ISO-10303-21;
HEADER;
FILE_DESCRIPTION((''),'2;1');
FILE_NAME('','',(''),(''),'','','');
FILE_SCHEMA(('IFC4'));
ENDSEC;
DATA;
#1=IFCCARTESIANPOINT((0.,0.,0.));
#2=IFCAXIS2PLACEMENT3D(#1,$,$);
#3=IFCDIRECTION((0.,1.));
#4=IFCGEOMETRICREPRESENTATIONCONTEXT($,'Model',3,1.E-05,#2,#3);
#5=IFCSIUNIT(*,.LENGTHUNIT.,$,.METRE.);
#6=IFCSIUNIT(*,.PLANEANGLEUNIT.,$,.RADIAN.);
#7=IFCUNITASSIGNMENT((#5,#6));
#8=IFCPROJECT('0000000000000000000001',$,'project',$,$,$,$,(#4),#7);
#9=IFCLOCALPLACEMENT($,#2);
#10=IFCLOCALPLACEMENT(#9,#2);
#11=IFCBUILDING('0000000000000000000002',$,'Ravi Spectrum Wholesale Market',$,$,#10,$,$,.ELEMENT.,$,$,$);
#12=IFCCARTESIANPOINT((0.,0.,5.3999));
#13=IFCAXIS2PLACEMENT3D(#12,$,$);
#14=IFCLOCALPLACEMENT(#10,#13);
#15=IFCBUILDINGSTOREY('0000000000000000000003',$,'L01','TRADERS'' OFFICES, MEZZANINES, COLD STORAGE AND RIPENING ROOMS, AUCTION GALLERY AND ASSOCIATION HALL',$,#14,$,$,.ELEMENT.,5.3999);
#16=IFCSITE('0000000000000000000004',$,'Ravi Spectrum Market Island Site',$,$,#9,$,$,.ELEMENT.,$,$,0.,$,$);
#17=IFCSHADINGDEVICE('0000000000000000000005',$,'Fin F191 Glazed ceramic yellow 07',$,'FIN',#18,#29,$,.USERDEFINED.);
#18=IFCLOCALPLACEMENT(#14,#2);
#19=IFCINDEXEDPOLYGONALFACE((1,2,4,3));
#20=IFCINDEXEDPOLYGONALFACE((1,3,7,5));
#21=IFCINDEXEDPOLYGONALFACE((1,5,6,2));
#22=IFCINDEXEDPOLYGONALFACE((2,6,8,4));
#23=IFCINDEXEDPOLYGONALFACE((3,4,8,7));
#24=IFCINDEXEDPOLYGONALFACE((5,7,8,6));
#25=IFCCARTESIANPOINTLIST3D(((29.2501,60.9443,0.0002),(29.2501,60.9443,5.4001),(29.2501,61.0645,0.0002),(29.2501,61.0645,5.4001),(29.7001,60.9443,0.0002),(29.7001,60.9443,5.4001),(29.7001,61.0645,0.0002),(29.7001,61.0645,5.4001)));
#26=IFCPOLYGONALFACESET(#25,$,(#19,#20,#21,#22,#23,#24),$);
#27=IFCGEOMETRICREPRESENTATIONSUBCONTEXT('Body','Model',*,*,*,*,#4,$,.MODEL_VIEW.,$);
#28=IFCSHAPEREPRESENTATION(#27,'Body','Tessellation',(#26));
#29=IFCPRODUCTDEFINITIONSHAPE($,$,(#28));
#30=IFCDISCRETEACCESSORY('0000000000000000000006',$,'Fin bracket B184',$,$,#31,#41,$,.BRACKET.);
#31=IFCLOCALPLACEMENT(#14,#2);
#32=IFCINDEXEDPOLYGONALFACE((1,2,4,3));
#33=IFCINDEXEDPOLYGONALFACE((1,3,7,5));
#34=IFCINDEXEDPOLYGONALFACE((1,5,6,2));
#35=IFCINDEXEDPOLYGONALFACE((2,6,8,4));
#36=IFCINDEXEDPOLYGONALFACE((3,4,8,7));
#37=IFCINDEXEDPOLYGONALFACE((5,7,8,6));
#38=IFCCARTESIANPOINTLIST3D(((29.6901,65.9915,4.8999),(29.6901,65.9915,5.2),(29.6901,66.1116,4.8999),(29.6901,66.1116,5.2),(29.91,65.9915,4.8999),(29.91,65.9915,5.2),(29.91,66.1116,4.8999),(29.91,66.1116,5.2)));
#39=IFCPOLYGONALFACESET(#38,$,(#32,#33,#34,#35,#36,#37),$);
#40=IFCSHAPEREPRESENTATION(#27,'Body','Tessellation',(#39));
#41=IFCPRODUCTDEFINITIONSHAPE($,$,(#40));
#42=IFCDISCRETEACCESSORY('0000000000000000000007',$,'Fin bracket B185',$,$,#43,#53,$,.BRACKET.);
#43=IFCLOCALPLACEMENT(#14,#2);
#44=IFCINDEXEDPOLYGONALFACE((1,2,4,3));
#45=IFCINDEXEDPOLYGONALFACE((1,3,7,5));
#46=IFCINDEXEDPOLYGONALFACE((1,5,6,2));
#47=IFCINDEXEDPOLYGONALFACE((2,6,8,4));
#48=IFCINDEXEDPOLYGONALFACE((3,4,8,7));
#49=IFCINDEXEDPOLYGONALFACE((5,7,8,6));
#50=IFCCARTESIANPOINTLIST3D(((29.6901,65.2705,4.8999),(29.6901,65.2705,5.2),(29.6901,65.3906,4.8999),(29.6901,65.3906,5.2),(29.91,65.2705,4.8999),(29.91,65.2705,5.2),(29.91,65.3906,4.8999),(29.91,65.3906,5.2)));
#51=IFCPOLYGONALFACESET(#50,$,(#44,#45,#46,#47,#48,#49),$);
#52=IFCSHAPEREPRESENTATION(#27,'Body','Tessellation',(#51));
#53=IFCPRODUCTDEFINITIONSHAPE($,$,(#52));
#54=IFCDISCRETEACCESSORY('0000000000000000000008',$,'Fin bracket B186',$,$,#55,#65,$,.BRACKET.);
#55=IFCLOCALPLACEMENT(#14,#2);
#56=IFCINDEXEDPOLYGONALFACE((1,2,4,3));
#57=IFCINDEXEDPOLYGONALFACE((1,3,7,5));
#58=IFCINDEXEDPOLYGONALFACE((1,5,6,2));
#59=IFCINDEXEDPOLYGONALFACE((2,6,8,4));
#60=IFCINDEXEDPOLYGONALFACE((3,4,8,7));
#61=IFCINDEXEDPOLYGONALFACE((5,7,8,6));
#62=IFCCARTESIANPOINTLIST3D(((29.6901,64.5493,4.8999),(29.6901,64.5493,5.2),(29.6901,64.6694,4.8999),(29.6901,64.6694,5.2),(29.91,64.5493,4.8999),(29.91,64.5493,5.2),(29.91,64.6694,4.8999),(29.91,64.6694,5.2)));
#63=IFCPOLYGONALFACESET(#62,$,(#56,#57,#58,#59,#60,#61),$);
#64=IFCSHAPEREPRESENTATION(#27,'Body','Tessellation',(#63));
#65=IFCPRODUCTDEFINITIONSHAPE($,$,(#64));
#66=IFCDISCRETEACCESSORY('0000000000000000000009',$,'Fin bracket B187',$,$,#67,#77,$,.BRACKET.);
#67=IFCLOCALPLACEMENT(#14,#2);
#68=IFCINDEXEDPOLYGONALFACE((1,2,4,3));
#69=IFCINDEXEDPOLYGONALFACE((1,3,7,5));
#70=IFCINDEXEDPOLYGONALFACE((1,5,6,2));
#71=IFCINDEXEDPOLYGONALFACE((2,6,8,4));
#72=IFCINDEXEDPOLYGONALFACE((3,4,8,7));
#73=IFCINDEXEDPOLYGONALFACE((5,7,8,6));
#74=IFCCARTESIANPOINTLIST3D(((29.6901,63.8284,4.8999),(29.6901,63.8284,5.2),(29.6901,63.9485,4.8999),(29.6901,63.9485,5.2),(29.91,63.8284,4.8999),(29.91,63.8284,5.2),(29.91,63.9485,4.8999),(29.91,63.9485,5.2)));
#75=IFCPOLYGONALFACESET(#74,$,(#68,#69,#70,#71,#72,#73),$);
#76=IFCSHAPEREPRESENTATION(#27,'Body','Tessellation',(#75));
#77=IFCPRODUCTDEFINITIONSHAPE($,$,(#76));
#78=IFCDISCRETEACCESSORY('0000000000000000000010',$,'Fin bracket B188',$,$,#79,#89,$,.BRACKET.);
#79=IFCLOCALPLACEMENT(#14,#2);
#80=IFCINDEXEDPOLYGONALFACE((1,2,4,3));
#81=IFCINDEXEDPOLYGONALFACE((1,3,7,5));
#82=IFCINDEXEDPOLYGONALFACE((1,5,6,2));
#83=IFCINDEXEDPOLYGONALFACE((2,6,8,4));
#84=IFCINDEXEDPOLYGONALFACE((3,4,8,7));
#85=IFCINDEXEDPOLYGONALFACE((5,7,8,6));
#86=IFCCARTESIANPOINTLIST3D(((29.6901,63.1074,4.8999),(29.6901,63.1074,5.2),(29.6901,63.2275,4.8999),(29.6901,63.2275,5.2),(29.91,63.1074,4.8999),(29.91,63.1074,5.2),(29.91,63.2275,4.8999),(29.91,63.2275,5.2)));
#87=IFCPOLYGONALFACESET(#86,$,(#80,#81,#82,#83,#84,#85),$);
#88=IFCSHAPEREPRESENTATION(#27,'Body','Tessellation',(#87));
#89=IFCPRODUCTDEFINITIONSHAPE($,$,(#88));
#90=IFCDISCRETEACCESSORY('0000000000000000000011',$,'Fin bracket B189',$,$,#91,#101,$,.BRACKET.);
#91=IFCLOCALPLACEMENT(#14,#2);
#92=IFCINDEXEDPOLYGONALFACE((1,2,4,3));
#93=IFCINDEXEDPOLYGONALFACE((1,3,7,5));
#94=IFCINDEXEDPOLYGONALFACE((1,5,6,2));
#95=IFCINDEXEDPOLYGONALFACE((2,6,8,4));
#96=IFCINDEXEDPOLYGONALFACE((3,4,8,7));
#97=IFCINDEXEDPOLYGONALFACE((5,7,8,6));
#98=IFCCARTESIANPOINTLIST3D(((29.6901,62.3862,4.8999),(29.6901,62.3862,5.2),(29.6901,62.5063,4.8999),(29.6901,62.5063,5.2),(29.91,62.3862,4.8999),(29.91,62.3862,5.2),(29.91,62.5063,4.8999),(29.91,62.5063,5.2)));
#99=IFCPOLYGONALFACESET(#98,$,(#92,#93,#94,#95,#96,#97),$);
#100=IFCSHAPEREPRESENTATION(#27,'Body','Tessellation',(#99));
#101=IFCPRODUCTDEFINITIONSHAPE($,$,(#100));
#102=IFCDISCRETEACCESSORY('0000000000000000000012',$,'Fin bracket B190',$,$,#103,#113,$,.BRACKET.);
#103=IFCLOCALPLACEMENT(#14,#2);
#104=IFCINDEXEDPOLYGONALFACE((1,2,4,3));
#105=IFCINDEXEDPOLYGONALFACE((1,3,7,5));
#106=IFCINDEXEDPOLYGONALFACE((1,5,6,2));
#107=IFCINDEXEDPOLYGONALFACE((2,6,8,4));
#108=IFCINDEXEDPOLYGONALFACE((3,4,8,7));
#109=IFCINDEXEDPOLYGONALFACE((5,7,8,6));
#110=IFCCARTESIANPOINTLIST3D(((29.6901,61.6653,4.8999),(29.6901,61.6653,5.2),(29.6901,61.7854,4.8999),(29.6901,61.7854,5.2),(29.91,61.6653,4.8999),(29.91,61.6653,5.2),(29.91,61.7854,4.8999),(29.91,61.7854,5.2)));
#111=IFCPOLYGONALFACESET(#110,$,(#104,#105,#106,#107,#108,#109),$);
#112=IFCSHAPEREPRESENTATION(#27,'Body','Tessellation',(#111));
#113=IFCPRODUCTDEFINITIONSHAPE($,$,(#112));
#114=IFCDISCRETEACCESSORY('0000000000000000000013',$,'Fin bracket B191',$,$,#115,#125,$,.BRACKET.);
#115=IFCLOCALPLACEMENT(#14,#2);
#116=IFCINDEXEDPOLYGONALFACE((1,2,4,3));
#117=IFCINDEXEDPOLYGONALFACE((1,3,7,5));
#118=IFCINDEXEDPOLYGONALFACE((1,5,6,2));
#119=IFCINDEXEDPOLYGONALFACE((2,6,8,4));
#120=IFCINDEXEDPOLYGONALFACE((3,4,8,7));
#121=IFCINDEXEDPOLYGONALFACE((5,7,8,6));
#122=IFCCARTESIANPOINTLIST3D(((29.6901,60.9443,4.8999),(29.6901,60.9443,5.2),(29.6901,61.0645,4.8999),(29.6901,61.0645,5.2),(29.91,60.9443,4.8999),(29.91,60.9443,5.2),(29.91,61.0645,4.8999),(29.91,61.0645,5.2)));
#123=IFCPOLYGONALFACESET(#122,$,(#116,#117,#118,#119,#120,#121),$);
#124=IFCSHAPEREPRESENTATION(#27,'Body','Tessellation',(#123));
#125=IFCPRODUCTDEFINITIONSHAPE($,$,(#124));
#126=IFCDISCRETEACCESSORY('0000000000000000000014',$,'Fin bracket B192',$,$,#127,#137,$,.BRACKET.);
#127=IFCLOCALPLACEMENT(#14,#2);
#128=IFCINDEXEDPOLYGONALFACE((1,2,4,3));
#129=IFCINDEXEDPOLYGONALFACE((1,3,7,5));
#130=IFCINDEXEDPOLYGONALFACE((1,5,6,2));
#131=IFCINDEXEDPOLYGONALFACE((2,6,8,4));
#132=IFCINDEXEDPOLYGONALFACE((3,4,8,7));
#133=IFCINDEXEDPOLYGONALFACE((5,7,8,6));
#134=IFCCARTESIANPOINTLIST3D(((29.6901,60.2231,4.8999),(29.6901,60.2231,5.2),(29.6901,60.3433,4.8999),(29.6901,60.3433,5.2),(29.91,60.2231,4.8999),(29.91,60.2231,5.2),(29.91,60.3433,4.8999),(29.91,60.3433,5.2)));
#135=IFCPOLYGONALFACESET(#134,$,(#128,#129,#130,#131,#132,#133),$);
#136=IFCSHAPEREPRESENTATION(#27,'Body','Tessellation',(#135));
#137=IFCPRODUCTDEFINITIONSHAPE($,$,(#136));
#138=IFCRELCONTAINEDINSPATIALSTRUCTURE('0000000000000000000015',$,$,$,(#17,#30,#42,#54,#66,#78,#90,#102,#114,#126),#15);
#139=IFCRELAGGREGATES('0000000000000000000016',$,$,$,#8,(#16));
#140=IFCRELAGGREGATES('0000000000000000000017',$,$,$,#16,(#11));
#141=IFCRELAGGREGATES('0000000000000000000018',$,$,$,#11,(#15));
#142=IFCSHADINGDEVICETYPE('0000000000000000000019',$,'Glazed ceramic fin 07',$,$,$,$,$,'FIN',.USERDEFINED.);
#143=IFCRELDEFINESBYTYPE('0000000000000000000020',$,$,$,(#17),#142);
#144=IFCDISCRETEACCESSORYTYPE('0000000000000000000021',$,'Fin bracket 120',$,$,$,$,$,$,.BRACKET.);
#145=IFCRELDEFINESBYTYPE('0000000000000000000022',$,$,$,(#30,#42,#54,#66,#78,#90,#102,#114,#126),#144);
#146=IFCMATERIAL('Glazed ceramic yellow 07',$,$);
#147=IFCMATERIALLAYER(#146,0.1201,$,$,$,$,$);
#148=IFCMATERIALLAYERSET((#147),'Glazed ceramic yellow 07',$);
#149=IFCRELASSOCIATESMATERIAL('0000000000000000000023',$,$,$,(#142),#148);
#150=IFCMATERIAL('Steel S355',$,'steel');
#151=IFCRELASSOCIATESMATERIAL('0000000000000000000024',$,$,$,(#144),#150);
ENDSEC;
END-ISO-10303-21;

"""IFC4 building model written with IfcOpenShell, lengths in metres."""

from ifc_helpers import new_model, si_unit, direction, frame, origin, origin_2d, place, context, subcontext, project, spatial, rectangle, extrude, material, layer, layer_set, type_object, element, save


model = new_model("IFC4")

# Units and contexts
model_context = context("Model", 3, precision=1e-05, world=origin(), true_north=direction((0.0, 1.0)))
body_context = subcontext(model_context, "Body", "Model", "MODEL_VIEW")
ifc_project = project(units=[si_unit("LENGTHUNIT", "METRE"), si_unit("PLANEANGLEUNIT", "RADIAN")], contexts=[model_context])

# Site, building, storey
site_placement = place(None, origin())
site = spatial("IfcSite", under=ifc_project, at=site_placement, Name="Ravi Spectrum Market Island Site", CompositionType="ELEMENT", RefElevation=0.0)
building_placement = place(site_placement, origin())
building = spatial("IfcBuilding", under=site, at=building_placement, Name="Ravi Spectrum Wholesale Market", CompositionType="ELEMENT")
storey_placement = place(building_placement, frame((0.0, 0.0, 5.3999)))
storey = spatial("IfcBuildingStorey", under=building, at=storey_placement, Name="L01", Description="TRADERS' OFFICES, MEZZANINES, COLD STORAGE AND RIPENING ROOMS, AUCTION GALLERY AND ASSOCIATION HALL", CompositionType="ELEMENT", Elevation=5.3999)

# Shading device
ifc_material_1 = material(Name="Glazed ceramic yellow 07")
ifc_layer_1 = layer(ifc_material_1, 0.1201)
ifc_layer_set_1 = layer_set([ifc_layer_1], Name="Glazed ceramic yellow 07")
shading_device_type = type_object("IfcShadingDeviceType", Name="Glazed ceramic fin 07", ElementType="FIN", PredefinedType="USERDEFINED", material=ifc_layer_set_1)
for number, where, z_axis, x_axis, name in (
    (1, (29.4751, 61.0044, 0.0002), (0.0, 0.0, 1.0), (0.0, -1.0, 0.0), "Fin F191 Glazed ceramic yellow 07"),
):
    element("IfcShadingDevice", number, at=place(storey_placement, frame(where, z_axis=z_axis, x_axis=x_axis)), inside=storey, type_object=shading_device_type, Name=name, ObjectType="FIN", PredefinedType="USERDEFINED", context=body_context, shape_type="SweptSolid", body=[
        extrude(rectangle(XDim=0.1201, YDim=0.45, at=origin_2d()), origin(), (0.0, 0.0, 1.0), 5.3999),
    ])

# Discrete accessories
ifc_material_2 = material(Name="Steel S355", Category="steel")
discrete_accessory_type = type_object("IfcDiscreteAccessoryType", Name="Fin bracket 120", PredefinedType="BRACKET", material=ifc_material_2)
for number, where, z_axis, x_axis, name in (
    (2, (29.8, 66.0515, 4.8999), (0.0, 0.0, 1.0), (0.0, -1.0, 0.0), "Fin bracket B184"),
    (3, (29.8, 65.3306, 4.8999), (0.0, 0.0, 1.0), (0.0, -1.0, 0.0), "Fin bracket B185"),
    (4, (29.8, 64.6094, 4.8999), (0.0, 0.0, 1.0), (0.0, -1.0, 0.0), "Fin bracket B186"),
    (5, (29.8, 63.8884, 4.8999), (0.0, 0.0, 1.0), (0.0, -1.0, 0.0), "Fin bracket B187"),
    (6, (29.8, 63.1675, 4.8999), (0.0, 0.0, 1.0), (0.0, -1.0, 0.0), "Fin bracket B188"),
    (7, (29.8, 62.4463, 4.8999), (0.0, 0.0, 1.0), (0.0, -1.0, 0.0), "Fin bracket B189"),
    (8, (29.8, 61.7253, 4.8999), (0.0, 0.0, 1.0), (0.0, -1.0, 0.0), "Fin bracket B190"),
    (9, (29.8, 61.0044, 4.8999), (0.0, 0.0, 1.0), (0.0, -1.0, 0.0), "Fin bracket B191"),
    (10, (29.8, 60.2832, 4.8999), (0.0, 0.0, 1.0), (0.0, -1.0, 0.0), "Fin bracket B192"),
):
    element("IfcDiscreteAccessory", number, at=place(storey_placement, frame(where, z_axis=z_axis, x_axis=x_axis)), inside=storey, type_object=discrete_accessory_type, Name=name, PredefinedType="BRACKET", context=body_context, shape_type="SweptSolid", body=[
        extrude(rectangle(XDim=0.1201, YDim=0.22, at=origin_2d()), origin(), (0.0, 0.0, 1.0), 0.3),
    ])

save(model, "model.ifc")
